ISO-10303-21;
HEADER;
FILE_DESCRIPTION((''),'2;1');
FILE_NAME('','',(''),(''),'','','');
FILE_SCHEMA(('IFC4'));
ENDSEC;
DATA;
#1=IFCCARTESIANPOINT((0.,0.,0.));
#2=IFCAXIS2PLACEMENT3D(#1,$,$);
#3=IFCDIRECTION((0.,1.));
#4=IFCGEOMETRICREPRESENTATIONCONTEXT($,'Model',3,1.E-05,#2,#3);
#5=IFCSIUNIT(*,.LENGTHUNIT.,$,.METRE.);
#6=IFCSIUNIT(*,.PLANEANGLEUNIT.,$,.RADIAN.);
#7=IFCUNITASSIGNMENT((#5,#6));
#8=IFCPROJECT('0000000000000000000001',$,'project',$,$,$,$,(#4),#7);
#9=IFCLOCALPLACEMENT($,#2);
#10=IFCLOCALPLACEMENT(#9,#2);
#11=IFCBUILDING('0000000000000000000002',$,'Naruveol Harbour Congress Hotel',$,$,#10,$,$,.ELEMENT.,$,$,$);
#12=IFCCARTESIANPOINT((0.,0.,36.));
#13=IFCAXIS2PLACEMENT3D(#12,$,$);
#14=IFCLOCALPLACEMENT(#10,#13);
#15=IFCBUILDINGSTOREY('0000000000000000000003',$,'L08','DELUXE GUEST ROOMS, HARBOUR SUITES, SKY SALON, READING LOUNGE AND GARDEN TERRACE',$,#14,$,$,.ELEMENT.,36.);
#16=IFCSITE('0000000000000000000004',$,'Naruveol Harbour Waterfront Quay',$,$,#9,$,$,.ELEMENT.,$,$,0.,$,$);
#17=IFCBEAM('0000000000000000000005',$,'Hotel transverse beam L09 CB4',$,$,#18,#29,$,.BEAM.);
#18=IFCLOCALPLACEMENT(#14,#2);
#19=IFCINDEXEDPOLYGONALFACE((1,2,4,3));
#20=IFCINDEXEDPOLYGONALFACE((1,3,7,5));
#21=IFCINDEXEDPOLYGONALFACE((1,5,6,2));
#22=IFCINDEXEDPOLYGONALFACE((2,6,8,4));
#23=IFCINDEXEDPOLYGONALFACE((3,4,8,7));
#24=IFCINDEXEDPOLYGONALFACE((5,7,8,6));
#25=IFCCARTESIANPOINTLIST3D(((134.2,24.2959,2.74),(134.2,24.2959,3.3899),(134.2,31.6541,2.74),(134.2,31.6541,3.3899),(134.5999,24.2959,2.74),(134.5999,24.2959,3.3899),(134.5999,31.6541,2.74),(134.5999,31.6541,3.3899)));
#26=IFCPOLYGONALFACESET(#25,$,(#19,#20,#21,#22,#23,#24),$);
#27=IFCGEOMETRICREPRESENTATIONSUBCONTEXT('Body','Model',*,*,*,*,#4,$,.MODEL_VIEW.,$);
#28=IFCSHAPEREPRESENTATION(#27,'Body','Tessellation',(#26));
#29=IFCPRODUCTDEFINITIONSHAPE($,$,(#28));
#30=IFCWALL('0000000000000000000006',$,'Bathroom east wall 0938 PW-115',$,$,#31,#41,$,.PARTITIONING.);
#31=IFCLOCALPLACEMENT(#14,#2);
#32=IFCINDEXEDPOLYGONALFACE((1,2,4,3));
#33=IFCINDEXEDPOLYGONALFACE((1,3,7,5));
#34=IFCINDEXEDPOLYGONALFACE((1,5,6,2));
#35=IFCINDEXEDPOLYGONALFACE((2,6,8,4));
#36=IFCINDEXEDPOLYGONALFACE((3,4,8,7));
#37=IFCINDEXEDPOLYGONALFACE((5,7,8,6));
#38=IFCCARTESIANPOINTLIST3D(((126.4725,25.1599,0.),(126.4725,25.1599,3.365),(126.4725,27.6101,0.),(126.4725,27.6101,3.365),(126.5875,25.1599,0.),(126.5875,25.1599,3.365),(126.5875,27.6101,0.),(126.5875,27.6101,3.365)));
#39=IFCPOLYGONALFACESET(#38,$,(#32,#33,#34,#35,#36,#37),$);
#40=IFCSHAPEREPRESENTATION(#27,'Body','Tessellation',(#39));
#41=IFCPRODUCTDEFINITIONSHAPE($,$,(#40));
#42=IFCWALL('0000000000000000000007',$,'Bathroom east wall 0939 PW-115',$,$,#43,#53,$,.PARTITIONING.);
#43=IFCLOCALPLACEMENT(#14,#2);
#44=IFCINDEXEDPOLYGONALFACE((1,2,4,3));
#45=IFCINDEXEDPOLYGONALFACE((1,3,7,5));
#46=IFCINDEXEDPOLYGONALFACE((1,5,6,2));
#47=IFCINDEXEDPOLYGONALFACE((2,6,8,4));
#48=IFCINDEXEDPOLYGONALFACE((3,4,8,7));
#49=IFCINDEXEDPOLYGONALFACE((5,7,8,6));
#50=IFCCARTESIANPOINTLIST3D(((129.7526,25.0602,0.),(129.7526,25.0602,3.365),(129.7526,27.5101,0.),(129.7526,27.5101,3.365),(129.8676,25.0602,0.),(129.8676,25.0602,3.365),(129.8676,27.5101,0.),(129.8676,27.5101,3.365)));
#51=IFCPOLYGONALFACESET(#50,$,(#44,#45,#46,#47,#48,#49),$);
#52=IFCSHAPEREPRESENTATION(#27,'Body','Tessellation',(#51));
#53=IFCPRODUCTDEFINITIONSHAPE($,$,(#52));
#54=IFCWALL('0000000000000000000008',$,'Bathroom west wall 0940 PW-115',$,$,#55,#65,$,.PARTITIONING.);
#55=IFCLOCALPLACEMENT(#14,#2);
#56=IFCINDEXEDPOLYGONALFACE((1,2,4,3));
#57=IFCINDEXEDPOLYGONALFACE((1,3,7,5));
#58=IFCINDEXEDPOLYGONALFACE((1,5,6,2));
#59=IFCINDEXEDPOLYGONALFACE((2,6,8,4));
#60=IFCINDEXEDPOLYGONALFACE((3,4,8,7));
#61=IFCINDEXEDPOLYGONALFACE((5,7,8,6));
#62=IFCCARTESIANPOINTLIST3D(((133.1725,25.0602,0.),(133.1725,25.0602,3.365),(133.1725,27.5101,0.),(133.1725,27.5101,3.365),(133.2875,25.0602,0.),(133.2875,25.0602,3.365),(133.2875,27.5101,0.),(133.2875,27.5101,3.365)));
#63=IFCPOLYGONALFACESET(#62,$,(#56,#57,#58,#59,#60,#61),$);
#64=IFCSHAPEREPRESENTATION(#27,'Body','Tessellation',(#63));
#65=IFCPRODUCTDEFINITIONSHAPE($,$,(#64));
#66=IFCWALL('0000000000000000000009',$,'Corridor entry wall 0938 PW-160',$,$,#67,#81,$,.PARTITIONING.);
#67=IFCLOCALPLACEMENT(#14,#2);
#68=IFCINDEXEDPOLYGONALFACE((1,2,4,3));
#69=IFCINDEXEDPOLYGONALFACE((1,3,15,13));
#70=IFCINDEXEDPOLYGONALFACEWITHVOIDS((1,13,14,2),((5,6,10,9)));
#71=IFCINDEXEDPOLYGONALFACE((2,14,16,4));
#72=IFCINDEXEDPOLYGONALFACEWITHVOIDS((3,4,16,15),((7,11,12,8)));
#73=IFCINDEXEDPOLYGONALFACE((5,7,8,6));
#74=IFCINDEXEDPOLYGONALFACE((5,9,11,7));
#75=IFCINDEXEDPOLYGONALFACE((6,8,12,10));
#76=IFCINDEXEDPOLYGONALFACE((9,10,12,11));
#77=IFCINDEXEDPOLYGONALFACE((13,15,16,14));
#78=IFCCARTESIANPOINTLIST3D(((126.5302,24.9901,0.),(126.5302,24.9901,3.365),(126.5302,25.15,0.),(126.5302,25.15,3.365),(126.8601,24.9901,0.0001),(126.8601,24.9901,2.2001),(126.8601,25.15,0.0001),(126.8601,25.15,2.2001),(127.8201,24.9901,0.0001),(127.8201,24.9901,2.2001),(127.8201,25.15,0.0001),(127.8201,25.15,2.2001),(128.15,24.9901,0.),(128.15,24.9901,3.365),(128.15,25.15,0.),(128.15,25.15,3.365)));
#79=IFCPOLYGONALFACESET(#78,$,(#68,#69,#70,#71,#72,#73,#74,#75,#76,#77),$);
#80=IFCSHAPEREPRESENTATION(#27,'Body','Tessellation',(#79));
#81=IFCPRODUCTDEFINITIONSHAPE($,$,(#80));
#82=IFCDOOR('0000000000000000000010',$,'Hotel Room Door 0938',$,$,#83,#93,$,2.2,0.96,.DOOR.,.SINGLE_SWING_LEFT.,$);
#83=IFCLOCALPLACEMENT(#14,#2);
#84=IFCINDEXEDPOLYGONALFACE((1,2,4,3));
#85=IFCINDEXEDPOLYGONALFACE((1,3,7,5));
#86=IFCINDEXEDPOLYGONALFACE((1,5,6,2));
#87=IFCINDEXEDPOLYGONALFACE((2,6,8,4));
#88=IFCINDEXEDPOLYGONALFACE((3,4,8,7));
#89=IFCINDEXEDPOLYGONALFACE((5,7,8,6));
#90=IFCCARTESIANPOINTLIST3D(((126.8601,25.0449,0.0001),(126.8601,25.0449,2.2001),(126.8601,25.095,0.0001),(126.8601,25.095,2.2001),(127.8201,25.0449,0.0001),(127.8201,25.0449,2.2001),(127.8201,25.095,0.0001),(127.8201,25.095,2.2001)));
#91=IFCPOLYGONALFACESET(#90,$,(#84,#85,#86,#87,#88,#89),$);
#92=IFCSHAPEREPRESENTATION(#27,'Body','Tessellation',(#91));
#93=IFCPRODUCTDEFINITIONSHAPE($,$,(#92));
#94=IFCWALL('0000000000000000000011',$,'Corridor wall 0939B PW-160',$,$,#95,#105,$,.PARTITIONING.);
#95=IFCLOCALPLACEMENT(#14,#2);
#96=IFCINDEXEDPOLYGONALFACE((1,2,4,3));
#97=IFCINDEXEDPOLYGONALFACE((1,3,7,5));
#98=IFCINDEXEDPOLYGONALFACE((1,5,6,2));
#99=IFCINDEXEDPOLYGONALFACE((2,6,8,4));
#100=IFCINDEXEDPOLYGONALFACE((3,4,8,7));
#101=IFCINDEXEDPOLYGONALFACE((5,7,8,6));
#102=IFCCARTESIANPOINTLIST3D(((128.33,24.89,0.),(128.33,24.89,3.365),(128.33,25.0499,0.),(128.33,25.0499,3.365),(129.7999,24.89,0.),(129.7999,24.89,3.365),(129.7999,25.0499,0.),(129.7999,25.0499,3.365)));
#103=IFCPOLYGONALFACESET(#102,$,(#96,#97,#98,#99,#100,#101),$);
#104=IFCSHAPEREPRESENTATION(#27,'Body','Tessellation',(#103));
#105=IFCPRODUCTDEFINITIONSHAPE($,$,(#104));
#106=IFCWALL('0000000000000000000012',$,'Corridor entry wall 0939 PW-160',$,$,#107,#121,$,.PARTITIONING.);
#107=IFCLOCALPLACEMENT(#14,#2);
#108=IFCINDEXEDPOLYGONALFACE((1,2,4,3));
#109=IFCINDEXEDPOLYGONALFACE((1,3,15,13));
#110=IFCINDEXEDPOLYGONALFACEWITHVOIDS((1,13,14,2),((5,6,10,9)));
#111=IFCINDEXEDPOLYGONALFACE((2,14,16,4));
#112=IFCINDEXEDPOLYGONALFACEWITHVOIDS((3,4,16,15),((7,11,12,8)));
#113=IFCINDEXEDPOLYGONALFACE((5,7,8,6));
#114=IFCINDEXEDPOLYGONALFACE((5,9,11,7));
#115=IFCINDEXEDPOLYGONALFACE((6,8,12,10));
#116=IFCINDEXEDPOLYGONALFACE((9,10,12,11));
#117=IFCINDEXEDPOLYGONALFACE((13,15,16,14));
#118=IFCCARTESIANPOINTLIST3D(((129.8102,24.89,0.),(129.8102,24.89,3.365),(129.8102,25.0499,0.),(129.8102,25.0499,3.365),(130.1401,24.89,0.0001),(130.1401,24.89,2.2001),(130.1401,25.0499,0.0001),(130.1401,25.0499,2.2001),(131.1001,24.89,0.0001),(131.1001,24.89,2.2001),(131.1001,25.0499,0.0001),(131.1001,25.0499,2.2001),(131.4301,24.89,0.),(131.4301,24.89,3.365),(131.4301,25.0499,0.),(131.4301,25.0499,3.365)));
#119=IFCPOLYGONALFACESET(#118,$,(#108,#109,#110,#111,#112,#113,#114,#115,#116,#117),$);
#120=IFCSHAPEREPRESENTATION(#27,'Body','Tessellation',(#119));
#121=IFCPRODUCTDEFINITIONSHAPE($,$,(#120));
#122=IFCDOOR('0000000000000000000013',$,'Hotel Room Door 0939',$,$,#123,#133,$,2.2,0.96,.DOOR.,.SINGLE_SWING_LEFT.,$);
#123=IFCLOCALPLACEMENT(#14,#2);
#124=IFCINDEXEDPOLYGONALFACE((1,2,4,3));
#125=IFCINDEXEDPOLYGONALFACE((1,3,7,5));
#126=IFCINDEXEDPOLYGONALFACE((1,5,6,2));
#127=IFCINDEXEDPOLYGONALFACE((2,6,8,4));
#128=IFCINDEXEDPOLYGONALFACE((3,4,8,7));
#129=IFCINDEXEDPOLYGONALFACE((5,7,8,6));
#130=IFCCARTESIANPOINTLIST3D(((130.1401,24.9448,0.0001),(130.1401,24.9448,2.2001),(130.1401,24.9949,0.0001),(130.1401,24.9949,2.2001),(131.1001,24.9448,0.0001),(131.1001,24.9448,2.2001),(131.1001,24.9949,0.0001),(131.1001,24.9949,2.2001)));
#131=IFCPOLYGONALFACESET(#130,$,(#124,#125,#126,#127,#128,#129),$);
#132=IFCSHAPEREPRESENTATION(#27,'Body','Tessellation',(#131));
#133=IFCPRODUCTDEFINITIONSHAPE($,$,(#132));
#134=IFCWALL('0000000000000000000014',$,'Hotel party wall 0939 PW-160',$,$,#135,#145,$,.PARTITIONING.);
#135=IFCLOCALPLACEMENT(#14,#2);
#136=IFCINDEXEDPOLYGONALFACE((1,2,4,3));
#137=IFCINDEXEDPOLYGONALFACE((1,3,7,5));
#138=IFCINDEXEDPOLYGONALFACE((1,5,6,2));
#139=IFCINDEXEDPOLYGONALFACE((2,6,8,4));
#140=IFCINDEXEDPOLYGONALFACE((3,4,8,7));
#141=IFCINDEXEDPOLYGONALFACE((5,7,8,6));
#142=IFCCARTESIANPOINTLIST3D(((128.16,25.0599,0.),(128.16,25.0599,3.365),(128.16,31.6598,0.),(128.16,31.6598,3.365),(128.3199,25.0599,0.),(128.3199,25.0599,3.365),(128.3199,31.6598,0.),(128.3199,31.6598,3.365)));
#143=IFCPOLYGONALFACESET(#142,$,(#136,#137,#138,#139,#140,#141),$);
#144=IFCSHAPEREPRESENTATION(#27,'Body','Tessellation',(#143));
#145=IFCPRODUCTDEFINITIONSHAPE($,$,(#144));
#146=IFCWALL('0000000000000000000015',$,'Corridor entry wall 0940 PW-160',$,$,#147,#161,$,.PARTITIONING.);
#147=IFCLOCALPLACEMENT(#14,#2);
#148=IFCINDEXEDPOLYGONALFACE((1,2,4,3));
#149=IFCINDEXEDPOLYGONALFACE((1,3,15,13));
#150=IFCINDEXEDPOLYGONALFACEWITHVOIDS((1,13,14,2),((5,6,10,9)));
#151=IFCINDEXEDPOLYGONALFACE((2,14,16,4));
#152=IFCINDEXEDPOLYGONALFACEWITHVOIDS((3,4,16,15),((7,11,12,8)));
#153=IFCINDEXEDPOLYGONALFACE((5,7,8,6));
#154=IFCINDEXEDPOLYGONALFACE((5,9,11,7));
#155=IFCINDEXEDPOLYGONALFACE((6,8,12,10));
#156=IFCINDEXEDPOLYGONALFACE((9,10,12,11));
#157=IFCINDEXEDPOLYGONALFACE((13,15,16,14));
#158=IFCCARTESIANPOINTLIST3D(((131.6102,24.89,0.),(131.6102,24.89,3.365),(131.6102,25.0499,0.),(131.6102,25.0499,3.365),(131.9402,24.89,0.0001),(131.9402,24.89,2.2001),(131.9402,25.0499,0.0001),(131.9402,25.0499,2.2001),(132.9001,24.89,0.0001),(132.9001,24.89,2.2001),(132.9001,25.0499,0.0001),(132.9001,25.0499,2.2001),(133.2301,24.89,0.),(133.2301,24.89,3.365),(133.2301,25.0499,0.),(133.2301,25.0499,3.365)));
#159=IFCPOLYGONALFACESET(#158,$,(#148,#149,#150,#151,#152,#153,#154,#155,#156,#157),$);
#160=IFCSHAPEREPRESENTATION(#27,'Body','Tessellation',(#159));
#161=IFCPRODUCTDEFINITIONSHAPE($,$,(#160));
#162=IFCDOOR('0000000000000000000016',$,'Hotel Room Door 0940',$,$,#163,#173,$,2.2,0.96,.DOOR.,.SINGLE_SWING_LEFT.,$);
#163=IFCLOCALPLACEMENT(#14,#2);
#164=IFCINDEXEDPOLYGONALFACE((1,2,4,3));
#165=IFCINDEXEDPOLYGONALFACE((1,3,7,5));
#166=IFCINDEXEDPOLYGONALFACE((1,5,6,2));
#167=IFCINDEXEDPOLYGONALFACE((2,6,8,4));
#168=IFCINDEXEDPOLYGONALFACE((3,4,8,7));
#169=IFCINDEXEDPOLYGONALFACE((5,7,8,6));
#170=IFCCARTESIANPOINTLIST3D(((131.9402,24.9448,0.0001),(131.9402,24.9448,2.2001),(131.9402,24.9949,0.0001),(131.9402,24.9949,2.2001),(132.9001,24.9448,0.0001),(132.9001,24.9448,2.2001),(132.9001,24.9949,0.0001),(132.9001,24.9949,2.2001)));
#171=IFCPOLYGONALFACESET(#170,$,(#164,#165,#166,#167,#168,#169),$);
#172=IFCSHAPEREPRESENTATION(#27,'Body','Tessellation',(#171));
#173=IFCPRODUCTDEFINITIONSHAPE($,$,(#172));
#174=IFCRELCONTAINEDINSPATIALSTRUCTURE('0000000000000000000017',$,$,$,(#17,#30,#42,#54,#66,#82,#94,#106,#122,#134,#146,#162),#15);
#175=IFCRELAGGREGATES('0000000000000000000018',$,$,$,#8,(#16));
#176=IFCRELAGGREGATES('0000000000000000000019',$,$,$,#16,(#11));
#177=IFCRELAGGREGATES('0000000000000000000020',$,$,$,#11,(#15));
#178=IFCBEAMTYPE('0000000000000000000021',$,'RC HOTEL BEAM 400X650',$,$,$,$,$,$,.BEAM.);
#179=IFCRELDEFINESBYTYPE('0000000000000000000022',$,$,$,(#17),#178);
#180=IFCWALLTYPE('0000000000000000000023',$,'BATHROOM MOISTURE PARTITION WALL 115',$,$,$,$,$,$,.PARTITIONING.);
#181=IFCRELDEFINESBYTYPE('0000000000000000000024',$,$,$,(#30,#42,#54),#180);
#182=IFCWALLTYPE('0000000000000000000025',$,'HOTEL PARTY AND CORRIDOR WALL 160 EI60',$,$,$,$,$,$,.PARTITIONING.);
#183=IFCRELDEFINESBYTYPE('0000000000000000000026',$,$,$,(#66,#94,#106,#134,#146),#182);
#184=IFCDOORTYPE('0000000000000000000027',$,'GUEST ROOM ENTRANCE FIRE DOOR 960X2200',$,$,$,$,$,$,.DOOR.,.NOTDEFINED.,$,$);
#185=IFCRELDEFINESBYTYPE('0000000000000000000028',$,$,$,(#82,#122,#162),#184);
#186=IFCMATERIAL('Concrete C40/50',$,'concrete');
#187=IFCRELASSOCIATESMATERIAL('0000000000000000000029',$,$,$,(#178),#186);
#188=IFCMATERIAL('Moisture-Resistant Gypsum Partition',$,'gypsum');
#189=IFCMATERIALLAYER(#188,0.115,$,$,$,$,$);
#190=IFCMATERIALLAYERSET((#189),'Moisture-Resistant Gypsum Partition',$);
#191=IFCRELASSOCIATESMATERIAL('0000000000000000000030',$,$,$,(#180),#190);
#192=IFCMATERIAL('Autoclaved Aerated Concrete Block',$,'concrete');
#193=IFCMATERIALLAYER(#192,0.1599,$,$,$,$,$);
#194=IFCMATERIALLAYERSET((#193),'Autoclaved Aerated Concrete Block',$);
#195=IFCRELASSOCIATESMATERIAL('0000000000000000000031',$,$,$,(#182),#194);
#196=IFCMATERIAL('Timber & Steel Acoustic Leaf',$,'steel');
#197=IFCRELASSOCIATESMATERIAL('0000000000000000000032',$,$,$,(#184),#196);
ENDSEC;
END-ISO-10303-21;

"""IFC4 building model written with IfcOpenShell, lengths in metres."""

from ifc_helpers import new_model, si_unit, direction, frame, frame_2d, origin, origin_2d, place, context, subcontext, project, spatial, rectangle, extrude, material, layer, layer_set, material_profile, profile_set, type_object, element, fill, save


model = new_model("IFC4")

# Units and contexts
model_context = context("Model", 3, precision=1e-05, world=origin(), true_north=direction((0.0, 1.0)))
body_context = subcontext(model_context, "Body", "Model", "MODEL_VIEW")
ifc_project = project(units=[si_unit("LENGTHUNIT", "METRE"), si_unit("PLANEANGLEUNIT", "RADIAN")], contexts=[model_context])

# Site, building, storey
site_placement = place(None, origin())
site = spatial("IfcSite", under=ifc_project, at=site_placement, Name="Naruveol Harbour Waterfront Quay", CompositionType="ELEMENT", RefElevation=0.0)
building_placement = place(site_placement, origin())
building = spatial("IfcBuilding", under=site, at=building_placement, Name="Naruveol Harbour Congress Hotel", CompositionType="ELEMENT")
storey_placement = place(building_placement, frame((0.0, 0.0, 36.0)))
storey = spatial("IfcBuildingStorey", under=building, at=storey_placement, Name="L08", Description="DELUXE GUEST ROOMS, HARBOUR SUITES, SKY SALON, READING LOUNGE AND GARDEN TERRACE", CompositionType="ELEMENT", Elevation=36.0)

# Beam
ifc_material_1 = material(Name="Concrete C40/50", Category="concrete")
ifc_material_profile = material_profile(ifc_material_1, rectangle(XDim=0.3999, YDim=0.6499, at=origin_2d()), Name="RCB-400x650")
ifc_profile_set = profile_set([ifc_material_profile], Name="Concrete C40/50")
beam_type = type_object("IfcBeamType", Name="RC HOTEL BEAM 400X650", PredefinedType="BEAM", material=ifc_profile_set)
beam_placement = place(storey_placement, frame((134.3999, 24.2959, 3.0649), z_axis=(0.0, 1.0, 0.0), x_axis=(-1.0, 0.0, 0.0)))
element("IfcBeam", 1, at=beam_placement, inside=storey, type_object=beam_type, Name="Hotel transverse beam L09 CB4", PredefinedType="BEAM", context=body_context, shape_type="SweptSolid", body=[
    extrude(rectangle(XDim=0.3999, YDim=0.6499, at=origin_2d()), origin(), (0.0, 0.0, 1.0), 7.3582),
])

# Walls
ifc_material_2 = material(Name="Moisture-Resistant Gypsum Partition", Category="gypsum")
ifc_layer_1 = layer(ifc_material_2, 0.115)
ifc_layer_set_1 = layer_set([ifc_layer_1], Name="Moisture-Resistant Gypsum Partition")
wall_type_1 = type_object("IfcWallType", Name="BATHROOM MOISTURE PARTITION WALL 115", PredefinedType="PARTITIONING", material=ifc_layer_set_1)
wall_1_placement = place(storey_placement, frame((126.53, 25.1599, 0.0), z_axis=(0.0, 0.0, 1.0), x_axis=(0.0, 1.0, 0.0)))
element("IfcWall", 2, at=wall_1_placement, inside=storey, type_object=wall_type_1, Name="Bathroom east wall 0938 PW-115", PredefinedType="PARTITIONING", context=body_context, shape_type="SweptSolid", body=[
    extrude(rectangle(XDim=2.4502, YDim=0.115, at=frame_2d((1.2251, 0.0))), origin(), (0.0, 0.0, 1.0), 3.365),
])
wall_2_placement = place(storey_placement, frame((129.8101, 25.0601, 0.0), z_axis=(0.0, 0.0, 1.0), x_axis=(0.0, 1.0, 0.0)))
element("IfcWall", 3, at=wall_2_placement, inside=storey, type_object=wall_type_1, Name="Bathroom east wall 0939 PW-115", PredefinedType="PARTITIONING", context=body_context, shape_type="SweptSolid", body=[
    extrude(rectangle(XDim=2.45, YDim=0.115, at=frame_2d((1.2251, 0.0))), origin(), (0.0, 0.0, 1.0), 3.365),
])

# Wall
wall_3_placement = place(storey_placement, frame((133.23, 25.0601, 0.0), z_axis=(0.0, 0.0, 1.0), x_axis=(0.0, 1.0, 0.0)))
element("IfcWall", 4, at=wall_3_placement, inside=storey, type_object=wall_type_1, Name="Bathroom west wall 0940 PW-115", PredefinedType="PARTITIONING", context=body_context, shape_type="SweptSolid", body=[
    extrude(rectangle(XDim=2.45, YDim=0.115, at=frame_2d((1.2251, 0.0))), origin(), (0.0, 0.0, 1.0), 3.365),
])

# Wall, opening, door
ifc_material_3 = material(Name="Autoclaved Aerated Concrete Block", Category="concrete")
ifc_layer_2 = layer(ifc_material_3, 0.1599)
ifc_layer_set_2 = layer_set([ifc_layer_2], Name="Autoclaved Aerated Concrete Block")
wall_type_2 = type_object("IfcWallType", Name="HOTEL PARTY AND CORRIDOR WALL 160 EI60", PredefinedType="PARTITIONING", material=ifc_layer_set_2)
wall_4_placement = place(storey_placement, frame((126.53, 25.0701, 0.0), z_axis=(0.0, 0.0, 1.0), x_axis=(1.0, 0.0, 0.0)))
wall_4 = element("IfcWall", 5, at=wall_4_placement, inside=storey, type_object=wall_type_2, Name="Corridor entry wall 0938 PW-160", PredefinedType="PARTITIONING", context=body_context, shape_type="SweptSolid", body=[
    extrude(rectangle(XDim=1.6199, YDim=0.1599, at=frame_2d((0.8101, 0.0))), origin(), (0.0, 0.0, 1.0), 3.365),
])
opening_1_placement = place(wall_4_placement, frame((0.3301, 0.0, 0.0)))
opening_1 = element("IfcOpeningElement", 6, at=opening_1_placement, cuts=wall_4, PredefinedType="OPENING", context=body_context, shape_type="SweptSolid", body=[
    extrude(rectangle(XDim=0.96, YDim=2.2, at=frame_2d((0.48, 1.1001))), frame((0.0, 0.0898, 0.0), z_axis=(0.0, -1.0, 0.0), x_axis=(1.0, 0.0, 0.0)), (0.0, 0.0, 1.0), 0.1799),
])
ifc_material_4 = material(Name="Timber & Steel Acoustic Leaf", Category="steel")
door_type_1 = type_object("IfcDoorType", Name="GUEST ROOM ENTRANCE FIRE DOOR 960X2200", OperationType="NOTDEFINED", PredefinedType="DOOR", material=ifc_material_4)
door_1_placement = place(opening_1_placement, origin())
door_1 = element("IfcDoor", 7, at=door_1_placement, inside=storey, type_object=door_type_1, Name="Hotel Room Door 0938", OperationType="SINGLE_SWING_LEFT", OverallHeight=2.2, OverallWidth=0.96, PredefinedType="DOOR", context=body_context, shape_type="SweptSolid", body=[
    extrude(rectangle(XDim=0.96, YDim=2.2, at=frame_2d((0.48, 1.1001))), frame((0.0, 0.0249, 0.0), z_axis=(0.0, -1.0, 0.0), x_axis=(1.0, 0.0, 0.0)), (0.0, 0.0, 1.0), 0.05),
])
fill(opening_1, door_1)

# Wall
wall_5_placement = place(storey_placement, frame((128.3301, 24.97, 0.0), z_axis=(0.0, 0.0, 1.0), x_axis=(1.0, 0.0, 0.0)))
element("IfcWall", 8, at=wall_5_placement, inside=storey, type_object=wall_type_2, Name="Corridor wall 0939B PW-160", PredefinedType="PARTITIONING", context=body_context, shape_type="SweptSolid", body=[
    extrude(rectangle(XDim=1.47, YDim=0.1599, at=frame_2d((0.7349, 0.0))), origin(), (0.0, 0.0, 1.0), 3.365),
])

# Wall, opening, door
wall_6_placement = place(storey_placement, frame((129.8101, 24.97, 0.0), z_axis=(0.0, 0.0, 1.0), x_axis=(1.0, 0.0, 0.0)))
wall_6 = element("IfcWall", 9, at=wall_6_placement, inside=storey, type_object=wall_type_2, Name="Corridor entry wall 0939 PW-160", PredefinedType="PARTITIONING", context=body_context, shape_type="SweptSolid", body=[
    extrude(rectangle(XDim=1.6199, YDim=0.1599, at=frame_2d((0.8101, 0.0))), origin(), (0.0, 0.0, 1.0), 3.365),
])
opening_2_placement = place(wall_6_placement, frame((0.3301, 0.0, 0.0)))
opening_2 = element("IfcOpeningElement", 10, at=opening_2_placement, cuts=wall_6, PredefinedType="OPENING", context=body_context, shape_type="SweptSolid", body=[
    extrude(rectangle(XDim=0.96, YDim=2.2, at=frame_2d((0.48, 1.1001))), frame((0.0, 0.0898, 0.0), z_axis=(0.0, -1.0, 0.0), x_axis=(1.0, 0.0, 0.0)), (0.0, 0.0, 1.0), 0.1799),
])
door_2_placement = place(opening_2_placement, origin())
door_2 = element("IfcDoor", 11, at=door_2_placement, inside=storey, type_object=door_type_1, Name="Hotel Room Door 0939", OperationType="SINGLE_SWING_LEFT", OverallHeight=2.2, OverallWidth=0.96, PredefinedType="DOOR", context=body_context, shape_type="SweptSolid", body=[
    extrude(rectangle(XDim=0.96, YDim=2.2, at=frame_2d((0.48, 1.1001))), frame((0.0, 0.0249, 0.0), z_axis=(0.0, -1.0, 0.0), x_axis=(1.0, 0.0, 0.0)), (0.0, 0.0, 1.0), 0.05),
])
fill(opening_2, door_2)

# Wall
wall_7_placement = place(storey_placement, frame((128.24, 25.0601, 0.0), z_axis=(0.0, 0.0, 1.0), x_axis=(0.0, 1.0, 0.0)))
element("IfcWall", 12, at=wall_7_placement, inside=storey, type_object=wall_type_2, Name="Hotel party wall 0939 PW-160", PredefinedType="PARTITIONING", context=body_context, shape_type="SweptSolid", body=[
    extrude(rectangle(XDim=6.5999, YDim=0.1599, at=frame_2d((3.2998, 0.0))), origin(), (0.0, 0.0, 1.0), 3.365),
])

# Wall, opening, door
wall_8_placement = place(storey_placement, frame((131.6101, 24.97, 0.0), z_axis=(0.0, 0.0, 1.0), x_axis=(1.0, 0.0, 0.0)))
wall_8 = element("IfcWall", 13, at=wall_8_placement, inside=storey, type_object=wall_type_2, Name="Corridor entry wall 0940 PW-160", PredefinedType="PARTITIONING", context=body_context, shape_type="SweptSolid", body=[
    extrude(rectangle(XDim=1.6199, YDim=0.1599, at=frame_2d((0.8101, 0.0))), origin(), (0.0, 0.0, 1.0), 3.365),
])
opening_3_placement = place(wall_8_placement, frame((0.3301, 0.0, 0.0)))
opening_3 = element("IfcOpeningElement", 14, at=opening_3_placement, cuts=wall_8, PredefinedType="OPENING", context=body_context, shape_type="SweptSolid", body=[
    extrude(rectangle(XDim=0.96, YDim=2.2, at=frame_2d((0.48, 1.1001))), frame((0.0, 0.0898, 0.0), z_axis=(0.0, -1.0, 0.0), x_axis=(1.0, 0.0, 0.0)), (0.0, 0.0, 1.0), 0.1799),
])
door_3_placement = place(opening_3_placement, origin())
door_3 = element("IfcDoor", 15, at=door_3_placement, inside=storey, type_object=door_type_1, Name="Hotel Room Door 0940", OperationType="SINGLE_SWING_LEFT", OverallHeight=2.2, OverallWidth=0.96, PredefinedType="DOOR", context=body_context, shape_type="SweptSolid", body=[
    extrude(rectangle(XDim=0.96, YDim=2.2, at=frame_2d((0.48, 1.1001))), frame((0.0, 0.0249, 0.0), z_axis=(0.0, -1.0, 0.0), x_axis=(1.0, 0.0, 0.0)), (0.0, 0.0, 1.0), 0.05),
])
fill(opening_3, door_3)

save(model, "model.ifc")
